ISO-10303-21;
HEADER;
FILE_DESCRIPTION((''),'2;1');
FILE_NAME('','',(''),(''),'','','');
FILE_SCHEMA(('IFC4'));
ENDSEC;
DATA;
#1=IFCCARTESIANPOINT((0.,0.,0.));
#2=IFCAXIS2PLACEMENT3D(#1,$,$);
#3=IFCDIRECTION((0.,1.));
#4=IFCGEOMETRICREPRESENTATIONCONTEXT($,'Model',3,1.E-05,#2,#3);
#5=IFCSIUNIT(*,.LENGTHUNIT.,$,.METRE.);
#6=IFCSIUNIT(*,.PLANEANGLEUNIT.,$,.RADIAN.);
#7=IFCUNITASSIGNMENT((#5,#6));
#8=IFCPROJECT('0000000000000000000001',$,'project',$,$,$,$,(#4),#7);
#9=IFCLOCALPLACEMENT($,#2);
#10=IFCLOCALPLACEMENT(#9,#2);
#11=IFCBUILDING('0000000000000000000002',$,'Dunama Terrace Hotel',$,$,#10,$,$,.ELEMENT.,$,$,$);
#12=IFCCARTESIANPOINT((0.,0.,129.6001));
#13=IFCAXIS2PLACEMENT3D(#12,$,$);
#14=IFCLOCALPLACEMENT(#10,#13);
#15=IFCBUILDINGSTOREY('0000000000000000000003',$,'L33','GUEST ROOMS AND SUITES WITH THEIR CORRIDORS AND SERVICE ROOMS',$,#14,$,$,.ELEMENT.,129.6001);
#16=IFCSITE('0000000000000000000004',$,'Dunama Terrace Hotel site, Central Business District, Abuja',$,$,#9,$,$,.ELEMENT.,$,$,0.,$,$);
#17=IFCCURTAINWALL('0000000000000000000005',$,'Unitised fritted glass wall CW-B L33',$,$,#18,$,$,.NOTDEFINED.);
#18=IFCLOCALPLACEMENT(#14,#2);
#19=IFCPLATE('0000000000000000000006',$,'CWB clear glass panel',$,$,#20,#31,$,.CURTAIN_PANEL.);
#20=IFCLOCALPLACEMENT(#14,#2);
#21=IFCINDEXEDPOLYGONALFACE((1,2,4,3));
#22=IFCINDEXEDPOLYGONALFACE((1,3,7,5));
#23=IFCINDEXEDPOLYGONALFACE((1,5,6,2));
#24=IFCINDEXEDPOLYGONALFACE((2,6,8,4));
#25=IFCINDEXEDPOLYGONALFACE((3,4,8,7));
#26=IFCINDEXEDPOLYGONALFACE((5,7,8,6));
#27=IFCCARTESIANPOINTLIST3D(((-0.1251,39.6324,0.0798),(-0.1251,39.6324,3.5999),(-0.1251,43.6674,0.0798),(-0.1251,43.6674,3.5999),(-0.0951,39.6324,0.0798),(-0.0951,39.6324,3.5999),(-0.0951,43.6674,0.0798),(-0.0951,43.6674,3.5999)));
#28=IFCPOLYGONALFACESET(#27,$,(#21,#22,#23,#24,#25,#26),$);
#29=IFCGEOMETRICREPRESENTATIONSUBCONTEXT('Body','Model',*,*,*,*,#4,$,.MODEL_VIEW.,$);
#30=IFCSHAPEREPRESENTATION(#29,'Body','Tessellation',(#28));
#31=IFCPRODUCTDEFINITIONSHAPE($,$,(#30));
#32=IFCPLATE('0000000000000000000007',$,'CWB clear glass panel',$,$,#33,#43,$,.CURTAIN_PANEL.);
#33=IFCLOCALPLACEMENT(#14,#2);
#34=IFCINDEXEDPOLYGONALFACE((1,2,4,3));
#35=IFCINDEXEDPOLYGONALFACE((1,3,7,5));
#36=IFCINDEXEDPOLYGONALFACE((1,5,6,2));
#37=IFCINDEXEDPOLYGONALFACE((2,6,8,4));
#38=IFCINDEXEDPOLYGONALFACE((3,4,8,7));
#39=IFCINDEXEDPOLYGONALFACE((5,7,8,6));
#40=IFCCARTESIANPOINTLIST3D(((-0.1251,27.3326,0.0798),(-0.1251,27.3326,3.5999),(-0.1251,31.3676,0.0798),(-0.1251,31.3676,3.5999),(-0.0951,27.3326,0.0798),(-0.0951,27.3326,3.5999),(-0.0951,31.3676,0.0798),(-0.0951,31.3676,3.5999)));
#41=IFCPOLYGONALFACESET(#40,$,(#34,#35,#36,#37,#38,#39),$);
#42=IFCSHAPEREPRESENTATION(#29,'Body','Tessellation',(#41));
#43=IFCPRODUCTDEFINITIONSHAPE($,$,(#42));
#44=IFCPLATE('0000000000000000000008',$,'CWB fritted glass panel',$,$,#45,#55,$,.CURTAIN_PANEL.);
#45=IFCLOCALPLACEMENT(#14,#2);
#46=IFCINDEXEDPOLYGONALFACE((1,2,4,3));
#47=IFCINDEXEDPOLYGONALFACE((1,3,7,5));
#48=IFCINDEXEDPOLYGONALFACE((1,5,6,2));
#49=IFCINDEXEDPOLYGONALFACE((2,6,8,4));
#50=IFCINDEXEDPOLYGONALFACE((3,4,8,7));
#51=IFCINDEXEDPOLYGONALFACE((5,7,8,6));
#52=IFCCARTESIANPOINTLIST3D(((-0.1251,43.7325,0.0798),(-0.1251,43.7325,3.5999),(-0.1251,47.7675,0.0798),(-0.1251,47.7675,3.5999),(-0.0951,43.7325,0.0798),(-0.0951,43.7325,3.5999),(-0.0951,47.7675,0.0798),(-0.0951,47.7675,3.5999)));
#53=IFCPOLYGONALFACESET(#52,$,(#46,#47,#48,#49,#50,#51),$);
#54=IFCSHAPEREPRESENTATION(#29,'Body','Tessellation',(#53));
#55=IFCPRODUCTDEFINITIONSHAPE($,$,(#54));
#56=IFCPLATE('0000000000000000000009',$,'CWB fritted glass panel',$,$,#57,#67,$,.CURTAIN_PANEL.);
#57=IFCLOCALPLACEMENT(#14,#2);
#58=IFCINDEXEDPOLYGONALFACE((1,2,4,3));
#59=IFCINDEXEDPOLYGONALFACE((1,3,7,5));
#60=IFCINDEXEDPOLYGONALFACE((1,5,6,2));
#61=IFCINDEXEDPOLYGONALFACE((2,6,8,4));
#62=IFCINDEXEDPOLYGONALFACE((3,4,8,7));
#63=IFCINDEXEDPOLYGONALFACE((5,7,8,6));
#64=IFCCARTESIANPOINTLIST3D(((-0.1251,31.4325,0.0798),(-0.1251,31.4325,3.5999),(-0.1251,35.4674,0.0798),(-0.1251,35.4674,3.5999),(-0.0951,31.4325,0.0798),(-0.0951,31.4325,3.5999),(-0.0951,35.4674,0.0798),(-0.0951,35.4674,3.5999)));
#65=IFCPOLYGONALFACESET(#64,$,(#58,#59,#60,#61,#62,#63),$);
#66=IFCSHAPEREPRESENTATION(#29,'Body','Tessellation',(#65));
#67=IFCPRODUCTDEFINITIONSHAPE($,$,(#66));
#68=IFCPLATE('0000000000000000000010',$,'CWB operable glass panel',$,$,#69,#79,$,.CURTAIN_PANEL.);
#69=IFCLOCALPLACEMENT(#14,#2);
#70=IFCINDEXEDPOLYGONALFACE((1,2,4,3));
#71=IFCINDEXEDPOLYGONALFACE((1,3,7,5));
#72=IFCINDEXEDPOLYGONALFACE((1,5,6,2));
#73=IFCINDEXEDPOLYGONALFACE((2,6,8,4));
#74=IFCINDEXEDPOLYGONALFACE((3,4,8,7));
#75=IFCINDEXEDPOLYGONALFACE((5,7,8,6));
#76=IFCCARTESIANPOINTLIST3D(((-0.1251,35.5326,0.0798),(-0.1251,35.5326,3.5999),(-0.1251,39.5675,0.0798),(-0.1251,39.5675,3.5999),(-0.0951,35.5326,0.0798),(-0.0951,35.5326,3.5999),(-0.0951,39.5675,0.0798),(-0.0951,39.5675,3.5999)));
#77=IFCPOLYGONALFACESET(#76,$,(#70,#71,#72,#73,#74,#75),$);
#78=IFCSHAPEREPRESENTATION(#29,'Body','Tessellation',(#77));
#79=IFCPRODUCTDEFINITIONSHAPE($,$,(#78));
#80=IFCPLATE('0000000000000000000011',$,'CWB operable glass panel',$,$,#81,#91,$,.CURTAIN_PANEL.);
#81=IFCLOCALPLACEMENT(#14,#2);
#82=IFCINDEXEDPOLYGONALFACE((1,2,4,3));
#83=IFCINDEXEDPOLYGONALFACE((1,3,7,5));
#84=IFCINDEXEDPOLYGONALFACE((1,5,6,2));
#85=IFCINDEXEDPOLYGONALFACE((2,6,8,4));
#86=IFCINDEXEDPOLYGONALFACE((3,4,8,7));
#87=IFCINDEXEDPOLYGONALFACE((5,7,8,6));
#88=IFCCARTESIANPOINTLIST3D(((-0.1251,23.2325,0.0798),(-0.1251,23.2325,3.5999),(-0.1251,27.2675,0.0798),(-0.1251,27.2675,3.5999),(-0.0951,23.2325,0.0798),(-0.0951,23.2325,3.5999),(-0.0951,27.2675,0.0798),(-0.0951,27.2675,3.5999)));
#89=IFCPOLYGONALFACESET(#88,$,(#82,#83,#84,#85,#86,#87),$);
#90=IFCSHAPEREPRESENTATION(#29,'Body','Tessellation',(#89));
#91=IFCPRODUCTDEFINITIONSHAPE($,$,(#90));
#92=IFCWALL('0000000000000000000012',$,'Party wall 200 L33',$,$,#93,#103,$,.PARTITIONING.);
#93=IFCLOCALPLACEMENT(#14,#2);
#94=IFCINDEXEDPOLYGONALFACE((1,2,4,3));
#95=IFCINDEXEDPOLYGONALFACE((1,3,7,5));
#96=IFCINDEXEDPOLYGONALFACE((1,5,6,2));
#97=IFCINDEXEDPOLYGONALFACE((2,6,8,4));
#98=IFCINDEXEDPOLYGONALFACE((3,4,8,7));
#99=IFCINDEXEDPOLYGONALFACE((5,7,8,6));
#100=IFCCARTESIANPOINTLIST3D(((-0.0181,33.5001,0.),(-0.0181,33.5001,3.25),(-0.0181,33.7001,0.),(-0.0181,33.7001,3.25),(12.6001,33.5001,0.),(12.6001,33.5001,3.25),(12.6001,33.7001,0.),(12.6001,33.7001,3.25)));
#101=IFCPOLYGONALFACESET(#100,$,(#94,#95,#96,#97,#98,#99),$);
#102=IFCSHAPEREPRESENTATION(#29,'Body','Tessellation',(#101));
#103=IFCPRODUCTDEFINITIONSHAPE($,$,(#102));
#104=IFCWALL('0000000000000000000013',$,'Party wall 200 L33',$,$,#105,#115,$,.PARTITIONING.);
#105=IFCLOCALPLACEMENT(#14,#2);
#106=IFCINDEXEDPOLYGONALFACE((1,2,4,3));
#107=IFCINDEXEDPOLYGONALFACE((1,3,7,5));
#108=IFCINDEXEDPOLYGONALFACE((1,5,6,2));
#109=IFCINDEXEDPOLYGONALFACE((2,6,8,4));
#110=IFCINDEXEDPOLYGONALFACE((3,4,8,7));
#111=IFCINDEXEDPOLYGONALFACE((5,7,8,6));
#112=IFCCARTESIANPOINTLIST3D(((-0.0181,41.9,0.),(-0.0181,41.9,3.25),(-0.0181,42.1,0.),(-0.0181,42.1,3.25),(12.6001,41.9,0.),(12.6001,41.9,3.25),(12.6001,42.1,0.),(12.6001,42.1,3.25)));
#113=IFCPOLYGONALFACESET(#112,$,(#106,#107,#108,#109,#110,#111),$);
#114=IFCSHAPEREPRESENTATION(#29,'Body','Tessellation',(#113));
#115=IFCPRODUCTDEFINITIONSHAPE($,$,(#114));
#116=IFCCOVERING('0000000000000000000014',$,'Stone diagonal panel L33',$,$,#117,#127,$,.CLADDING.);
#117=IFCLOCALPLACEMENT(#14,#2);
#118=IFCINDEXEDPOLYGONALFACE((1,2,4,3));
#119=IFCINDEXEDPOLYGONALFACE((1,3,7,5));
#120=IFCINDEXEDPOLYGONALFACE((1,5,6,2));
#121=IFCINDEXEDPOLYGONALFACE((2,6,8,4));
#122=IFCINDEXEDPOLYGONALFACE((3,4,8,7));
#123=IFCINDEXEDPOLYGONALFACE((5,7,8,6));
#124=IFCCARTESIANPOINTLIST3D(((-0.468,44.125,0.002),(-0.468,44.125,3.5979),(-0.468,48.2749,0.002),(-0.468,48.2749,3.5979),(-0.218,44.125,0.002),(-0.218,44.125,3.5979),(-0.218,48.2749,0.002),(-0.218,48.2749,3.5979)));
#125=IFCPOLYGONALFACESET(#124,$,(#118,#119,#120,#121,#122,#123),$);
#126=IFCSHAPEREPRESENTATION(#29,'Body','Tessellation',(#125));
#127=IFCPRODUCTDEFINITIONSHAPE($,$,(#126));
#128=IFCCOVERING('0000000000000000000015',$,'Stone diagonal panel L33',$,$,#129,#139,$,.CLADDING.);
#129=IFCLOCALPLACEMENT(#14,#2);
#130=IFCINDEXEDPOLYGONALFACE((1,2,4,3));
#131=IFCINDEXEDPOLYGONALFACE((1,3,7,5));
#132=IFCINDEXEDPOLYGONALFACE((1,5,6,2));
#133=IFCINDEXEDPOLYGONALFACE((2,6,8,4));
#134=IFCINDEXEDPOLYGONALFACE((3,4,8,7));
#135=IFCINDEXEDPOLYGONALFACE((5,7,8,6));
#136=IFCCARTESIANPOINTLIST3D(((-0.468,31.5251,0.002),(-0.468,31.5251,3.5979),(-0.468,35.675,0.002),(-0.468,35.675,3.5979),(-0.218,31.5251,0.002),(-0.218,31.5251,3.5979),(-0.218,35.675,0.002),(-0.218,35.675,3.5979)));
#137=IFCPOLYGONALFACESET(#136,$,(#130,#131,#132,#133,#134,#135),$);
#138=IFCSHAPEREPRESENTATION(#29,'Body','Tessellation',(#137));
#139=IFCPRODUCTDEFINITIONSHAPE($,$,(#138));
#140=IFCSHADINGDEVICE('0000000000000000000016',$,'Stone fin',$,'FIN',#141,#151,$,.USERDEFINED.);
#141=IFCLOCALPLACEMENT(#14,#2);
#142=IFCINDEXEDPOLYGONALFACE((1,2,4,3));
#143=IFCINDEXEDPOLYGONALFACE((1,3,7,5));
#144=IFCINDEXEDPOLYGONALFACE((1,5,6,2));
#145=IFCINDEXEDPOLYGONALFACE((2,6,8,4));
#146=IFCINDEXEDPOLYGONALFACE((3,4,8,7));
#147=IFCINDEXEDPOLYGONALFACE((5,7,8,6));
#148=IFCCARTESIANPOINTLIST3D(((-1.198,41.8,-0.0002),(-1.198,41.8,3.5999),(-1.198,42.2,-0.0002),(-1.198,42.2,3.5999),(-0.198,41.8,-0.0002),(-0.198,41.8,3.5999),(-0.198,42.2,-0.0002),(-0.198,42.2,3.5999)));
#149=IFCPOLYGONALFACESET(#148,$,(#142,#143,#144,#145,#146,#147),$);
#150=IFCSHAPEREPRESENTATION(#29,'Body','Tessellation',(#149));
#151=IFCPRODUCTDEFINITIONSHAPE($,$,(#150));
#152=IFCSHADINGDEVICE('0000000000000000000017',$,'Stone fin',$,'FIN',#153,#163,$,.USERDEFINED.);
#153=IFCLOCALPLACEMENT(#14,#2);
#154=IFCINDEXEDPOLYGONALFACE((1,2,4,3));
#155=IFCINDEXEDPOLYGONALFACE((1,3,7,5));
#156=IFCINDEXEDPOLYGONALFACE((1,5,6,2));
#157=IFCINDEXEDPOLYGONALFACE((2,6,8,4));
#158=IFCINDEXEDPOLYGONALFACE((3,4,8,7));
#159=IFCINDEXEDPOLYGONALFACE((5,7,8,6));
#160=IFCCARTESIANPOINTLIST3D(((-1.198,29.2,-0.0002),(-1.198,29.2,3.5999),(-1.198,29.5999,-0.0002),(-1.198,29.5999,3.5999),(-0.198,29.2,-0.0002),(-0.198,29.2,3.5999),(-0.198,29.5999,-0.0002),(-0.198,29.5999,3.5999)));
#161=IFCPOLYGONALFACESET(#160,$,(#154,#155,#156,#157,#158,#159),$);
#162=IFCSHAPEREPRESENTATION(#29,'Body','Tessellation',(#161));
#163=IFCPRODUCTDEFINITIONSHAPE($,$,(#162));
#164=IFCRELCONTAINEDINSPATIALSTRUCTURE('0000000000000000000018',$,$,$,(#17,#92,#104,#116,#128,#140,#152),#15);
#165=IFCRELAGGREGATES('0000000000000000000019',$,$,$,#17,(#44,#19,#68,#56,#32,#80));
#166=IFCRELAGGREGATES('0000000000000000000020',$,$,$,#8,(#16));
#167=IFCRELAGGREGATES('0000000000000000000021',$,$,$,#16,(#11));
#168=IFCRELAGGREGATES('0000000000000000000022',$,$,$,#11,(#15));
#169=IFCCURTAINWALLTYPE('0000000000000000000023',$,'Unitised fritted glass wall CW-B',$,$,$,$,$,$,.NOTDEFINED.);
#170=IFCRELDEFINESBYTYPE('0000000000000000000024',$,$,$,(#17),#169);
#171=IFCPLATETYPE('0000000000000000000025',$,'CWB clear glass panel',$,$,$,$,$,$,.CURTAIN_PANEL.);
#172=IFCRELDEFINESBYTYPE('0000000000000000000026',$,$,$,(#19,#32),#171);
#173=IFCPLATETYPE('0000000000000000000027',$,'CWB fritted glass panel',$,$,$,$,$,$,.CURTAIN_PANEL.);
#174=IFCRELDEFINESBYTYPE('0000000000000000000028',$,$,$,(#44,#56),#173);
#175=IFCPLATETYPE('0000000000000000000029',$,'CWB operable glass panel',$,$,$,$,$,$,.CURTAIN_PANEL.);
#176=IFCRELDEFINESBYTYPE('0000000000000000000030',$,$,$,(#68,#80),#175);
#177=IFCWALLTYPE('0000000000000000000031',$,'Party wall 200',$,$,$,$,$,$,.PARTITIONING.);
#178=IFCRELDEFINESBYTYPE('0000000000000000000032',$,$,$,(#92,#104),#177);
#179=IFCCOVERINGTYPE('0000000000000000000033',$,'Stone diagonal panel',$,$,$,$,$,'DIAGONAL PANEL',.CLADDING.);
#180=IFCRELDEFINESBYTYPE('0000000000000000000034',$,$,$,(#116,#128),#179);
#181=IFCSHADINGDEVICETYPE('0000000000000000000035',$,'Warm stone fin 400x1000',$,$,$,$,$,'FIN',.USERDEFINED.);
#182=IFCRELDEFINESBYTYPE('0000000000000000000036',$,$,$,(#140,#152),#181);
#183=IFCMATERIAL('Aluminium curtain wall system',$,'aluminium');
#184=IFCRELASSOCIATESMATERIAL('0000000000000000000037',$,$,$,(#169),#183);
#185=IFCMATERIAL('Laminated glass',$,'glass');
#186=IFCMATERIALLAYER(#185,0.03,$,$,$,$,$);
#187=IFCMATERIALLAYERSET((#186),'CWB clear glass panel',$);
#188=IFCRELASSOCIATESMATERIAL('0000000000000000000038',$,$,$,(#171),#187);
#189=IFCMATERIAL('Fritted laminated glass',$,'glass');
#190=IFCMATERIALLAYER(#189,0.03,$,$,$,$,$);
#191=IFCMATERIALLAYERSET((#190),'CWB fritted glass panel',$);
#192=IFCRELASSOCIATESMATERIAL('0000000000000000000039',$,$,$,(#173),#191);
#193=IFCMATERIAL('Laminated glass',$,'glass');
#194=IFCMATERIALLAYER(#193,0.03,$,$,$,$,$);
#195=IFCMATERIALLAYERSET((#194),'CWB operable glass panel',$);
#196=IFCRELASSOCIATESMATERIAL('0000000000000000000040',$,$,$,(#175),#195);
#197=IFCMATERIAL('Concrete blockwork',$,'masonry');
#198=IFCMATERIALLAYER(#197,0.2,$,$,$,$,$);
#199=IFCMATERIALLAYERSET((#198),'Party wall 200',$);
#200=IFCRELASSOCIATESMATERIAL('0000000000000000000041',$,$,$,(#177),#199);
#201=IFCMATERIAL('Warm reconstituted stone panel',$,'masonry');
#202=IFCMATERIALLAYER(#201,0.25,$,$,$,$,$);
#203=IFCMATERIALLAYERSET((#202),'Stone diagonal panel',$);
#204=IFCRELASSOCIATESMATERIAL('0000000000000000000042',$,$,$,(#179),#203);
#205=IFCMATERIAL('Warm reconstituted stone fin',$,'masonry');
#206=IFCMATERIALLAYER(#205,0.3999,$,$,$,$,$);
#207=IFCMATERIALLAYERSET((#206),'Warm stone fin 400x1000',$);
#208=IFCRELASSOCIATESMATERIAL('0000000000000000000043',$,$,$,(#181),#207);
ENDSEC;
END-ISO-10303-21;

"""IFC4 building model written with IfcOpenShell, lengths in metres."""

from ifc_helpers import new_model, si_unit, direction, frame, frame_2d, origin, origin_2d, place, context, subcontext, project, spatial, rectangle, extrude, material, layer, layer_set, type_object, element, aggregate, save


model = new_model("IFC4")

# Units and contexts
model_context = context("Model", 3, precision=1e-05, world=origin(), true_north=direction((0.0, 1.0)))
body_context = subcontext(model_context, "Body", "Model", "MODEL_VIEW")
ifc_project = project(units=[si_unit("LENGTHUNIT", "METRE"), si_unit("PLANEANGLEUNIT", "RADIAN")], contexts=[model_context])

# Site, building, storey
site_placement = place(None, origin())
site = spatial("IfcSite", under=ifc_project, at=site_placement, Name="Dunama Terrace Hotel site, Central Business District, Abuja", CompositionType="ELEMENT", RefElevation=0.0)
building_placement = place(site_placement, origin())
building = spatial("IfcBuilding", under=site, at=building_placement, Name="Dunama Terrace Hotel", CompositionType="ELEMENT")
storey_placement = place(building_placement, frame((0.0, 0.0, 129.6001)))
storey = spatial("IfcBuildingStorey", under=building, at=storey_placement, Name="L33", Description="GUEST ROOMS AND SUITES WITH THEIR CORRIDORS AND SERVICE ROOMS", CompositionType="ELEMENT", Elevation=129.6001)

# Curtain wall
ifc_material_1 = material(Name="Aluminium curtain wall system", Category="aluminium")
curtain_wall_type = type_object("IfcCurtainWallType", Name="Unitised fritted glass wall CW-B", PredefinedType="NOTDEFINED", material=ifc_material_1)
curtain_wall_placement = place(storey_placement, origin())
curtain_wall = element("IfcCurtainWall", 1, at=curtain_wall_placement, inside=storey, type_object=curtain_wall_type, Name="Unitised fritted glass wall CW-B L33", PredefinedType="NOTDEFINED")

# Plates
ifc_material_2 = material(Name="Laminated glass", Category="glass")
ifc_layer_1 = layer(ifc_material_2, 0.03)
ifc_layer_set_1 = layer_set([ifc_layer_1], Name="CWB clear glass panel")
plate_type_1 = type_object("IfcPlateType", Name="CWB clear glass panel", PredefinedType="CURTAIN_PANEL", material=ifc_layer_set_1)
plate_1_placement = place(storey_placement, frame((-0.1101, 41.6499, 0.0798), z_axis=(0.0, 0.0, 1.0), x_axis=(0.0, -1.0, 0.0)))
plate_1 = element("IfcPlate", 2, at=plate_1_placement, type_object=plate_type_1, Name="CWB clear glass panel", PredefinedType="CURTAIN_PANEL", context=body_context, shape_type="SweptSolid", body=[
    extrude(rectangle(XDim=4.0349, YDim=0.03, at=origin_2d()), origin(), (0.0, 0.0, 1.0), 3.52),
])
plate_2_placement = place(storey_placement, frame((-0.1101, 29.3501, 0.0798), z_axis=(0.0, 0.0, 1.0), x_axis=(0.0, -1.0, 0.0)))
plate_2 = element("IfcPlate", 3, at=plate_2_placement, type_object=plate_type_1, Name="CWB clear glass panel", PredefinedType="CURTAIN_PANEL", context=body_context, shape_type="SweptSolid", body=[
    extrude(rectangle(XDim=4.0349, YDim=0.03, at=origin_2d()), origin(), (0.0, 0.0, 1.0), 3.52),
])
ifc_material_3 = material(Name="Fritted laminated glass", Category="glass")
ifc_layer_2 = layer(ifc_material_3, 0.03)
ifc_layer_set_2 = layer_set([ifc_layer_2], Name="CWB fritted glass panel")
plate_type_2 = type_object("IfcPlateType", Name="CWB fritted glass panel", PredefinedType="CURTAIN_PANEL", material=ifc_layer_set_2)
plate_3_placement = place(storey_placement, frame((-0.1101, 45.75, 0.0798), z_axis=(0.0, 0.0, 1.0), x_axis=(0.0, -1.0, 0.0)))
plate_3 = element("IfcPlate", 4, at=plate_3_placement, type_object=plate_type_2, Name="CWB fritted glass panel", PredefinedType="CURTAIN_PANEL", context=body_context, shape_type="SweptSolid", body=[
    extrude(rectangle(XDim=4.0349, YDim=0.03, at=origin_2d()), origin(), (0.0, 0.0, 1.0), 3.52),
])
plate_4_placement = place(storey_placement, frame((-0.1101, 33.45, 0.0798), z_axis=(0.0, 0.0, 1.0), x_axis=(0.0, -1.0, 0.0)))
plate_4 = element("IfcPlate", 5, at=plate_4_placement, type_object=plate_type_2, Name="CWB fritted glass panel", PredefinedType="CURTAIN_PANEL", context=body_context, shape_type="SweptSolid", body=[
    extrude(rectangle(XDim=4.0349, YDim=0.03, at=origin_2d()), origin(), (0.0, 0.0, 1.0), 3.52),
])
ifc_material_4 = material(Name="Laminated glass", Category="glass")
ifc_layer_3 = layer(ifc_material_4, 0.03)
ifc_layer_set_3 = layer_set([ifc_layer_3], Name="CWB operable glass panel")
plate_type_3 = type_object("IfcPlateType", Name="CWB operable glass panel", PredefinedType="CURTAIN_PANEL", material=ifc_layer_set_3)
plate_5_placement = place(storey_placement, frame((-0.1101, 37.55, 0.0798), z_axis=(0.0, 0.0, 1.0), x_axis=(0.0, -1.0, 0.0)))
plate_5 = element("IfcPlate", 6, at=plate_5_placement, type_object=plate_type_3, Name="CWB operable glass panel", PredefinedType="CURTAIN_PANEL", context=body_context, shape_type="SweptSolid", body=[
    extrude(rectangle(XDim=4.0349, YDim=0.03, at=origin_2d()), origin(), (0.0, 0.0, 1.0), 3.52),
])
plate_6_placement = place(storey_placement, frame((-0.1101, 25.25, 0.0798), z_axis=(0.0, 0.0, 1.0), x_axis=(0.0, -1.0, 0.0)))
plate_6 = element("IfcPlate", 7, at=plate_6_placement, type_object=plate_type_3, Name="CWB operable glass panel", PredefinedType="CURTAIN_PANEL", context=body_context, shape_type="SweptSolid", body=[
    extrude(rectangle(XDim=4.0349, YDim=0.03, at=origin_2d()), origin(), (0.0, 0.0, 1.0), 3.52),
])
aggregate(curtain_wall, [plate_3, plate_1, plate_5, plate_4, plate_2, plate_6])

# Walls
ifc_material_5 = material(Name="Concrete blockwork", Category="masonry")
ifc_layer_4 = layer(ifc_material_5, 0.2)
ifc_layer_set_4 = layer_set([ifc_layer_4], Name="Party wall 200")
wall_type = type_object("IfcWallType", Name="Party wall 200", PredefinedType="PARTITIONING", material=ifc_layer_set_4)
for number, where, z_axis, x_axis, name in (
    (8, (-0.0181, 33.6001, 0.0), (0.0, 0.0, 1.0), (1.0, 0.0, 0.0), "Party wall 200 L33"),
    (9, (-0.0181, 42.0, 0.0), (0.0, 0.0, 1.0), (1.0, 0.0, 0.0), "Party wall 200 L33"),
):
    element("IfcWall", number, at=place(storey_placement, frame(where, z_axis=z_axis, x_axis=x_axis)), inside=storey, type_object=wall_type, Name=name, PredefinedType="PARTITIONING", context=body_context, shape_type="SweptSolid", body=[
        extrude(rectangle(XDim=12.6182, YDim=0.2, at=frame_2d((6.3091, 0.0))), origin(), (0.0, 0.0, 1.0), 3.25),
    ])

# Coverings
ifc_material_6 = material(Name="Warm reconstituted stone panel", Category="masonry")
ifc_layer_5 = layer(ifc_material_6, 0.25)
ifc_layer_set_5 = layer_set([ifc_layer_5], Name="Stone diagonal panel")
covering_type = type_object("IfcCoveringType", Name="Stone diagonal panel", ElementType="DIAGONAL PANEL", PredefinedType="CLADDING", material=ifc_layer_set_5)
for number, where, z_axis, x_axis, name in (
    (10, (-0.343, 46.2, 0.002), (0.0, 0.0, 1.0), (0.0, -1.0, 0.0), "Stone diagonal panel L33"),
    (11, (-0.343, 33.6001, 0.002), (0.0, 0.0, 1.0), (0.0, -1.0, 0.0), "Stone diagonal panel L33"),
):
    element("IfcCovering", number, at=place(storey_placement, frame(where, z_axis=z_axis, x_axis=x_axis)), inside=storey, type_object=covering_type, Name=name, PredefinedType="CLADDING", context=body_context, shape_type="SweptSolid", body=[
        extrude(rectangle(XDim=4.1499, YDim=0.25, at=origin_2d()), origin(), (0.0, 0.0, 1.0), 3.5959),
    ])

# Shading devices
ifc_material_7 = material(Name="Warm reconstituted stone fin", Category="masonry")
ifc_layer_6 = layer(ifc_material_7, 0.3999)
ifc_layer_set_6 = layer_set([ifc_layer_6], Name="Warm stone fin 400x1000")
shading_device_type = type_object("IfcShadingDeviceType", Name="Warm stone fin 400x1000", ElementType="FIN", PredefinedType="USERDEFINED", material=ifc_layer_set_6)
for number, where, z_axis, x_axis, name in (
    (12, (-0.698, 42.0, -0.0002), (0.0, 0.0, 1.0), (0.0, -1.0, 0.0), "Stone fin"),
    (13, (-0.698, 29.3999, -0.0002), (0.0, 0.0, 1.0), (0.0, -1.0, 0.0), "Stone fin"),
):
    element("IfcShadingDevice", number, at=place(storey_placement, frame(where, z_axis=z_axis, x_axis=x_axis)), inside=storey, type_object=shading_device_type, Name=name, ObjectType="FIN", PredefinedType="USERDEFINED", context=body_context, shape_type="SweptSolid", body=[
        extrude(rectangle(XDim=0.3999, YDim=1.0, at=origin_2d()), origin(), (0.0, 0.0, 1.0), 3.6001),
    ])

save(model, "model.ifc")
